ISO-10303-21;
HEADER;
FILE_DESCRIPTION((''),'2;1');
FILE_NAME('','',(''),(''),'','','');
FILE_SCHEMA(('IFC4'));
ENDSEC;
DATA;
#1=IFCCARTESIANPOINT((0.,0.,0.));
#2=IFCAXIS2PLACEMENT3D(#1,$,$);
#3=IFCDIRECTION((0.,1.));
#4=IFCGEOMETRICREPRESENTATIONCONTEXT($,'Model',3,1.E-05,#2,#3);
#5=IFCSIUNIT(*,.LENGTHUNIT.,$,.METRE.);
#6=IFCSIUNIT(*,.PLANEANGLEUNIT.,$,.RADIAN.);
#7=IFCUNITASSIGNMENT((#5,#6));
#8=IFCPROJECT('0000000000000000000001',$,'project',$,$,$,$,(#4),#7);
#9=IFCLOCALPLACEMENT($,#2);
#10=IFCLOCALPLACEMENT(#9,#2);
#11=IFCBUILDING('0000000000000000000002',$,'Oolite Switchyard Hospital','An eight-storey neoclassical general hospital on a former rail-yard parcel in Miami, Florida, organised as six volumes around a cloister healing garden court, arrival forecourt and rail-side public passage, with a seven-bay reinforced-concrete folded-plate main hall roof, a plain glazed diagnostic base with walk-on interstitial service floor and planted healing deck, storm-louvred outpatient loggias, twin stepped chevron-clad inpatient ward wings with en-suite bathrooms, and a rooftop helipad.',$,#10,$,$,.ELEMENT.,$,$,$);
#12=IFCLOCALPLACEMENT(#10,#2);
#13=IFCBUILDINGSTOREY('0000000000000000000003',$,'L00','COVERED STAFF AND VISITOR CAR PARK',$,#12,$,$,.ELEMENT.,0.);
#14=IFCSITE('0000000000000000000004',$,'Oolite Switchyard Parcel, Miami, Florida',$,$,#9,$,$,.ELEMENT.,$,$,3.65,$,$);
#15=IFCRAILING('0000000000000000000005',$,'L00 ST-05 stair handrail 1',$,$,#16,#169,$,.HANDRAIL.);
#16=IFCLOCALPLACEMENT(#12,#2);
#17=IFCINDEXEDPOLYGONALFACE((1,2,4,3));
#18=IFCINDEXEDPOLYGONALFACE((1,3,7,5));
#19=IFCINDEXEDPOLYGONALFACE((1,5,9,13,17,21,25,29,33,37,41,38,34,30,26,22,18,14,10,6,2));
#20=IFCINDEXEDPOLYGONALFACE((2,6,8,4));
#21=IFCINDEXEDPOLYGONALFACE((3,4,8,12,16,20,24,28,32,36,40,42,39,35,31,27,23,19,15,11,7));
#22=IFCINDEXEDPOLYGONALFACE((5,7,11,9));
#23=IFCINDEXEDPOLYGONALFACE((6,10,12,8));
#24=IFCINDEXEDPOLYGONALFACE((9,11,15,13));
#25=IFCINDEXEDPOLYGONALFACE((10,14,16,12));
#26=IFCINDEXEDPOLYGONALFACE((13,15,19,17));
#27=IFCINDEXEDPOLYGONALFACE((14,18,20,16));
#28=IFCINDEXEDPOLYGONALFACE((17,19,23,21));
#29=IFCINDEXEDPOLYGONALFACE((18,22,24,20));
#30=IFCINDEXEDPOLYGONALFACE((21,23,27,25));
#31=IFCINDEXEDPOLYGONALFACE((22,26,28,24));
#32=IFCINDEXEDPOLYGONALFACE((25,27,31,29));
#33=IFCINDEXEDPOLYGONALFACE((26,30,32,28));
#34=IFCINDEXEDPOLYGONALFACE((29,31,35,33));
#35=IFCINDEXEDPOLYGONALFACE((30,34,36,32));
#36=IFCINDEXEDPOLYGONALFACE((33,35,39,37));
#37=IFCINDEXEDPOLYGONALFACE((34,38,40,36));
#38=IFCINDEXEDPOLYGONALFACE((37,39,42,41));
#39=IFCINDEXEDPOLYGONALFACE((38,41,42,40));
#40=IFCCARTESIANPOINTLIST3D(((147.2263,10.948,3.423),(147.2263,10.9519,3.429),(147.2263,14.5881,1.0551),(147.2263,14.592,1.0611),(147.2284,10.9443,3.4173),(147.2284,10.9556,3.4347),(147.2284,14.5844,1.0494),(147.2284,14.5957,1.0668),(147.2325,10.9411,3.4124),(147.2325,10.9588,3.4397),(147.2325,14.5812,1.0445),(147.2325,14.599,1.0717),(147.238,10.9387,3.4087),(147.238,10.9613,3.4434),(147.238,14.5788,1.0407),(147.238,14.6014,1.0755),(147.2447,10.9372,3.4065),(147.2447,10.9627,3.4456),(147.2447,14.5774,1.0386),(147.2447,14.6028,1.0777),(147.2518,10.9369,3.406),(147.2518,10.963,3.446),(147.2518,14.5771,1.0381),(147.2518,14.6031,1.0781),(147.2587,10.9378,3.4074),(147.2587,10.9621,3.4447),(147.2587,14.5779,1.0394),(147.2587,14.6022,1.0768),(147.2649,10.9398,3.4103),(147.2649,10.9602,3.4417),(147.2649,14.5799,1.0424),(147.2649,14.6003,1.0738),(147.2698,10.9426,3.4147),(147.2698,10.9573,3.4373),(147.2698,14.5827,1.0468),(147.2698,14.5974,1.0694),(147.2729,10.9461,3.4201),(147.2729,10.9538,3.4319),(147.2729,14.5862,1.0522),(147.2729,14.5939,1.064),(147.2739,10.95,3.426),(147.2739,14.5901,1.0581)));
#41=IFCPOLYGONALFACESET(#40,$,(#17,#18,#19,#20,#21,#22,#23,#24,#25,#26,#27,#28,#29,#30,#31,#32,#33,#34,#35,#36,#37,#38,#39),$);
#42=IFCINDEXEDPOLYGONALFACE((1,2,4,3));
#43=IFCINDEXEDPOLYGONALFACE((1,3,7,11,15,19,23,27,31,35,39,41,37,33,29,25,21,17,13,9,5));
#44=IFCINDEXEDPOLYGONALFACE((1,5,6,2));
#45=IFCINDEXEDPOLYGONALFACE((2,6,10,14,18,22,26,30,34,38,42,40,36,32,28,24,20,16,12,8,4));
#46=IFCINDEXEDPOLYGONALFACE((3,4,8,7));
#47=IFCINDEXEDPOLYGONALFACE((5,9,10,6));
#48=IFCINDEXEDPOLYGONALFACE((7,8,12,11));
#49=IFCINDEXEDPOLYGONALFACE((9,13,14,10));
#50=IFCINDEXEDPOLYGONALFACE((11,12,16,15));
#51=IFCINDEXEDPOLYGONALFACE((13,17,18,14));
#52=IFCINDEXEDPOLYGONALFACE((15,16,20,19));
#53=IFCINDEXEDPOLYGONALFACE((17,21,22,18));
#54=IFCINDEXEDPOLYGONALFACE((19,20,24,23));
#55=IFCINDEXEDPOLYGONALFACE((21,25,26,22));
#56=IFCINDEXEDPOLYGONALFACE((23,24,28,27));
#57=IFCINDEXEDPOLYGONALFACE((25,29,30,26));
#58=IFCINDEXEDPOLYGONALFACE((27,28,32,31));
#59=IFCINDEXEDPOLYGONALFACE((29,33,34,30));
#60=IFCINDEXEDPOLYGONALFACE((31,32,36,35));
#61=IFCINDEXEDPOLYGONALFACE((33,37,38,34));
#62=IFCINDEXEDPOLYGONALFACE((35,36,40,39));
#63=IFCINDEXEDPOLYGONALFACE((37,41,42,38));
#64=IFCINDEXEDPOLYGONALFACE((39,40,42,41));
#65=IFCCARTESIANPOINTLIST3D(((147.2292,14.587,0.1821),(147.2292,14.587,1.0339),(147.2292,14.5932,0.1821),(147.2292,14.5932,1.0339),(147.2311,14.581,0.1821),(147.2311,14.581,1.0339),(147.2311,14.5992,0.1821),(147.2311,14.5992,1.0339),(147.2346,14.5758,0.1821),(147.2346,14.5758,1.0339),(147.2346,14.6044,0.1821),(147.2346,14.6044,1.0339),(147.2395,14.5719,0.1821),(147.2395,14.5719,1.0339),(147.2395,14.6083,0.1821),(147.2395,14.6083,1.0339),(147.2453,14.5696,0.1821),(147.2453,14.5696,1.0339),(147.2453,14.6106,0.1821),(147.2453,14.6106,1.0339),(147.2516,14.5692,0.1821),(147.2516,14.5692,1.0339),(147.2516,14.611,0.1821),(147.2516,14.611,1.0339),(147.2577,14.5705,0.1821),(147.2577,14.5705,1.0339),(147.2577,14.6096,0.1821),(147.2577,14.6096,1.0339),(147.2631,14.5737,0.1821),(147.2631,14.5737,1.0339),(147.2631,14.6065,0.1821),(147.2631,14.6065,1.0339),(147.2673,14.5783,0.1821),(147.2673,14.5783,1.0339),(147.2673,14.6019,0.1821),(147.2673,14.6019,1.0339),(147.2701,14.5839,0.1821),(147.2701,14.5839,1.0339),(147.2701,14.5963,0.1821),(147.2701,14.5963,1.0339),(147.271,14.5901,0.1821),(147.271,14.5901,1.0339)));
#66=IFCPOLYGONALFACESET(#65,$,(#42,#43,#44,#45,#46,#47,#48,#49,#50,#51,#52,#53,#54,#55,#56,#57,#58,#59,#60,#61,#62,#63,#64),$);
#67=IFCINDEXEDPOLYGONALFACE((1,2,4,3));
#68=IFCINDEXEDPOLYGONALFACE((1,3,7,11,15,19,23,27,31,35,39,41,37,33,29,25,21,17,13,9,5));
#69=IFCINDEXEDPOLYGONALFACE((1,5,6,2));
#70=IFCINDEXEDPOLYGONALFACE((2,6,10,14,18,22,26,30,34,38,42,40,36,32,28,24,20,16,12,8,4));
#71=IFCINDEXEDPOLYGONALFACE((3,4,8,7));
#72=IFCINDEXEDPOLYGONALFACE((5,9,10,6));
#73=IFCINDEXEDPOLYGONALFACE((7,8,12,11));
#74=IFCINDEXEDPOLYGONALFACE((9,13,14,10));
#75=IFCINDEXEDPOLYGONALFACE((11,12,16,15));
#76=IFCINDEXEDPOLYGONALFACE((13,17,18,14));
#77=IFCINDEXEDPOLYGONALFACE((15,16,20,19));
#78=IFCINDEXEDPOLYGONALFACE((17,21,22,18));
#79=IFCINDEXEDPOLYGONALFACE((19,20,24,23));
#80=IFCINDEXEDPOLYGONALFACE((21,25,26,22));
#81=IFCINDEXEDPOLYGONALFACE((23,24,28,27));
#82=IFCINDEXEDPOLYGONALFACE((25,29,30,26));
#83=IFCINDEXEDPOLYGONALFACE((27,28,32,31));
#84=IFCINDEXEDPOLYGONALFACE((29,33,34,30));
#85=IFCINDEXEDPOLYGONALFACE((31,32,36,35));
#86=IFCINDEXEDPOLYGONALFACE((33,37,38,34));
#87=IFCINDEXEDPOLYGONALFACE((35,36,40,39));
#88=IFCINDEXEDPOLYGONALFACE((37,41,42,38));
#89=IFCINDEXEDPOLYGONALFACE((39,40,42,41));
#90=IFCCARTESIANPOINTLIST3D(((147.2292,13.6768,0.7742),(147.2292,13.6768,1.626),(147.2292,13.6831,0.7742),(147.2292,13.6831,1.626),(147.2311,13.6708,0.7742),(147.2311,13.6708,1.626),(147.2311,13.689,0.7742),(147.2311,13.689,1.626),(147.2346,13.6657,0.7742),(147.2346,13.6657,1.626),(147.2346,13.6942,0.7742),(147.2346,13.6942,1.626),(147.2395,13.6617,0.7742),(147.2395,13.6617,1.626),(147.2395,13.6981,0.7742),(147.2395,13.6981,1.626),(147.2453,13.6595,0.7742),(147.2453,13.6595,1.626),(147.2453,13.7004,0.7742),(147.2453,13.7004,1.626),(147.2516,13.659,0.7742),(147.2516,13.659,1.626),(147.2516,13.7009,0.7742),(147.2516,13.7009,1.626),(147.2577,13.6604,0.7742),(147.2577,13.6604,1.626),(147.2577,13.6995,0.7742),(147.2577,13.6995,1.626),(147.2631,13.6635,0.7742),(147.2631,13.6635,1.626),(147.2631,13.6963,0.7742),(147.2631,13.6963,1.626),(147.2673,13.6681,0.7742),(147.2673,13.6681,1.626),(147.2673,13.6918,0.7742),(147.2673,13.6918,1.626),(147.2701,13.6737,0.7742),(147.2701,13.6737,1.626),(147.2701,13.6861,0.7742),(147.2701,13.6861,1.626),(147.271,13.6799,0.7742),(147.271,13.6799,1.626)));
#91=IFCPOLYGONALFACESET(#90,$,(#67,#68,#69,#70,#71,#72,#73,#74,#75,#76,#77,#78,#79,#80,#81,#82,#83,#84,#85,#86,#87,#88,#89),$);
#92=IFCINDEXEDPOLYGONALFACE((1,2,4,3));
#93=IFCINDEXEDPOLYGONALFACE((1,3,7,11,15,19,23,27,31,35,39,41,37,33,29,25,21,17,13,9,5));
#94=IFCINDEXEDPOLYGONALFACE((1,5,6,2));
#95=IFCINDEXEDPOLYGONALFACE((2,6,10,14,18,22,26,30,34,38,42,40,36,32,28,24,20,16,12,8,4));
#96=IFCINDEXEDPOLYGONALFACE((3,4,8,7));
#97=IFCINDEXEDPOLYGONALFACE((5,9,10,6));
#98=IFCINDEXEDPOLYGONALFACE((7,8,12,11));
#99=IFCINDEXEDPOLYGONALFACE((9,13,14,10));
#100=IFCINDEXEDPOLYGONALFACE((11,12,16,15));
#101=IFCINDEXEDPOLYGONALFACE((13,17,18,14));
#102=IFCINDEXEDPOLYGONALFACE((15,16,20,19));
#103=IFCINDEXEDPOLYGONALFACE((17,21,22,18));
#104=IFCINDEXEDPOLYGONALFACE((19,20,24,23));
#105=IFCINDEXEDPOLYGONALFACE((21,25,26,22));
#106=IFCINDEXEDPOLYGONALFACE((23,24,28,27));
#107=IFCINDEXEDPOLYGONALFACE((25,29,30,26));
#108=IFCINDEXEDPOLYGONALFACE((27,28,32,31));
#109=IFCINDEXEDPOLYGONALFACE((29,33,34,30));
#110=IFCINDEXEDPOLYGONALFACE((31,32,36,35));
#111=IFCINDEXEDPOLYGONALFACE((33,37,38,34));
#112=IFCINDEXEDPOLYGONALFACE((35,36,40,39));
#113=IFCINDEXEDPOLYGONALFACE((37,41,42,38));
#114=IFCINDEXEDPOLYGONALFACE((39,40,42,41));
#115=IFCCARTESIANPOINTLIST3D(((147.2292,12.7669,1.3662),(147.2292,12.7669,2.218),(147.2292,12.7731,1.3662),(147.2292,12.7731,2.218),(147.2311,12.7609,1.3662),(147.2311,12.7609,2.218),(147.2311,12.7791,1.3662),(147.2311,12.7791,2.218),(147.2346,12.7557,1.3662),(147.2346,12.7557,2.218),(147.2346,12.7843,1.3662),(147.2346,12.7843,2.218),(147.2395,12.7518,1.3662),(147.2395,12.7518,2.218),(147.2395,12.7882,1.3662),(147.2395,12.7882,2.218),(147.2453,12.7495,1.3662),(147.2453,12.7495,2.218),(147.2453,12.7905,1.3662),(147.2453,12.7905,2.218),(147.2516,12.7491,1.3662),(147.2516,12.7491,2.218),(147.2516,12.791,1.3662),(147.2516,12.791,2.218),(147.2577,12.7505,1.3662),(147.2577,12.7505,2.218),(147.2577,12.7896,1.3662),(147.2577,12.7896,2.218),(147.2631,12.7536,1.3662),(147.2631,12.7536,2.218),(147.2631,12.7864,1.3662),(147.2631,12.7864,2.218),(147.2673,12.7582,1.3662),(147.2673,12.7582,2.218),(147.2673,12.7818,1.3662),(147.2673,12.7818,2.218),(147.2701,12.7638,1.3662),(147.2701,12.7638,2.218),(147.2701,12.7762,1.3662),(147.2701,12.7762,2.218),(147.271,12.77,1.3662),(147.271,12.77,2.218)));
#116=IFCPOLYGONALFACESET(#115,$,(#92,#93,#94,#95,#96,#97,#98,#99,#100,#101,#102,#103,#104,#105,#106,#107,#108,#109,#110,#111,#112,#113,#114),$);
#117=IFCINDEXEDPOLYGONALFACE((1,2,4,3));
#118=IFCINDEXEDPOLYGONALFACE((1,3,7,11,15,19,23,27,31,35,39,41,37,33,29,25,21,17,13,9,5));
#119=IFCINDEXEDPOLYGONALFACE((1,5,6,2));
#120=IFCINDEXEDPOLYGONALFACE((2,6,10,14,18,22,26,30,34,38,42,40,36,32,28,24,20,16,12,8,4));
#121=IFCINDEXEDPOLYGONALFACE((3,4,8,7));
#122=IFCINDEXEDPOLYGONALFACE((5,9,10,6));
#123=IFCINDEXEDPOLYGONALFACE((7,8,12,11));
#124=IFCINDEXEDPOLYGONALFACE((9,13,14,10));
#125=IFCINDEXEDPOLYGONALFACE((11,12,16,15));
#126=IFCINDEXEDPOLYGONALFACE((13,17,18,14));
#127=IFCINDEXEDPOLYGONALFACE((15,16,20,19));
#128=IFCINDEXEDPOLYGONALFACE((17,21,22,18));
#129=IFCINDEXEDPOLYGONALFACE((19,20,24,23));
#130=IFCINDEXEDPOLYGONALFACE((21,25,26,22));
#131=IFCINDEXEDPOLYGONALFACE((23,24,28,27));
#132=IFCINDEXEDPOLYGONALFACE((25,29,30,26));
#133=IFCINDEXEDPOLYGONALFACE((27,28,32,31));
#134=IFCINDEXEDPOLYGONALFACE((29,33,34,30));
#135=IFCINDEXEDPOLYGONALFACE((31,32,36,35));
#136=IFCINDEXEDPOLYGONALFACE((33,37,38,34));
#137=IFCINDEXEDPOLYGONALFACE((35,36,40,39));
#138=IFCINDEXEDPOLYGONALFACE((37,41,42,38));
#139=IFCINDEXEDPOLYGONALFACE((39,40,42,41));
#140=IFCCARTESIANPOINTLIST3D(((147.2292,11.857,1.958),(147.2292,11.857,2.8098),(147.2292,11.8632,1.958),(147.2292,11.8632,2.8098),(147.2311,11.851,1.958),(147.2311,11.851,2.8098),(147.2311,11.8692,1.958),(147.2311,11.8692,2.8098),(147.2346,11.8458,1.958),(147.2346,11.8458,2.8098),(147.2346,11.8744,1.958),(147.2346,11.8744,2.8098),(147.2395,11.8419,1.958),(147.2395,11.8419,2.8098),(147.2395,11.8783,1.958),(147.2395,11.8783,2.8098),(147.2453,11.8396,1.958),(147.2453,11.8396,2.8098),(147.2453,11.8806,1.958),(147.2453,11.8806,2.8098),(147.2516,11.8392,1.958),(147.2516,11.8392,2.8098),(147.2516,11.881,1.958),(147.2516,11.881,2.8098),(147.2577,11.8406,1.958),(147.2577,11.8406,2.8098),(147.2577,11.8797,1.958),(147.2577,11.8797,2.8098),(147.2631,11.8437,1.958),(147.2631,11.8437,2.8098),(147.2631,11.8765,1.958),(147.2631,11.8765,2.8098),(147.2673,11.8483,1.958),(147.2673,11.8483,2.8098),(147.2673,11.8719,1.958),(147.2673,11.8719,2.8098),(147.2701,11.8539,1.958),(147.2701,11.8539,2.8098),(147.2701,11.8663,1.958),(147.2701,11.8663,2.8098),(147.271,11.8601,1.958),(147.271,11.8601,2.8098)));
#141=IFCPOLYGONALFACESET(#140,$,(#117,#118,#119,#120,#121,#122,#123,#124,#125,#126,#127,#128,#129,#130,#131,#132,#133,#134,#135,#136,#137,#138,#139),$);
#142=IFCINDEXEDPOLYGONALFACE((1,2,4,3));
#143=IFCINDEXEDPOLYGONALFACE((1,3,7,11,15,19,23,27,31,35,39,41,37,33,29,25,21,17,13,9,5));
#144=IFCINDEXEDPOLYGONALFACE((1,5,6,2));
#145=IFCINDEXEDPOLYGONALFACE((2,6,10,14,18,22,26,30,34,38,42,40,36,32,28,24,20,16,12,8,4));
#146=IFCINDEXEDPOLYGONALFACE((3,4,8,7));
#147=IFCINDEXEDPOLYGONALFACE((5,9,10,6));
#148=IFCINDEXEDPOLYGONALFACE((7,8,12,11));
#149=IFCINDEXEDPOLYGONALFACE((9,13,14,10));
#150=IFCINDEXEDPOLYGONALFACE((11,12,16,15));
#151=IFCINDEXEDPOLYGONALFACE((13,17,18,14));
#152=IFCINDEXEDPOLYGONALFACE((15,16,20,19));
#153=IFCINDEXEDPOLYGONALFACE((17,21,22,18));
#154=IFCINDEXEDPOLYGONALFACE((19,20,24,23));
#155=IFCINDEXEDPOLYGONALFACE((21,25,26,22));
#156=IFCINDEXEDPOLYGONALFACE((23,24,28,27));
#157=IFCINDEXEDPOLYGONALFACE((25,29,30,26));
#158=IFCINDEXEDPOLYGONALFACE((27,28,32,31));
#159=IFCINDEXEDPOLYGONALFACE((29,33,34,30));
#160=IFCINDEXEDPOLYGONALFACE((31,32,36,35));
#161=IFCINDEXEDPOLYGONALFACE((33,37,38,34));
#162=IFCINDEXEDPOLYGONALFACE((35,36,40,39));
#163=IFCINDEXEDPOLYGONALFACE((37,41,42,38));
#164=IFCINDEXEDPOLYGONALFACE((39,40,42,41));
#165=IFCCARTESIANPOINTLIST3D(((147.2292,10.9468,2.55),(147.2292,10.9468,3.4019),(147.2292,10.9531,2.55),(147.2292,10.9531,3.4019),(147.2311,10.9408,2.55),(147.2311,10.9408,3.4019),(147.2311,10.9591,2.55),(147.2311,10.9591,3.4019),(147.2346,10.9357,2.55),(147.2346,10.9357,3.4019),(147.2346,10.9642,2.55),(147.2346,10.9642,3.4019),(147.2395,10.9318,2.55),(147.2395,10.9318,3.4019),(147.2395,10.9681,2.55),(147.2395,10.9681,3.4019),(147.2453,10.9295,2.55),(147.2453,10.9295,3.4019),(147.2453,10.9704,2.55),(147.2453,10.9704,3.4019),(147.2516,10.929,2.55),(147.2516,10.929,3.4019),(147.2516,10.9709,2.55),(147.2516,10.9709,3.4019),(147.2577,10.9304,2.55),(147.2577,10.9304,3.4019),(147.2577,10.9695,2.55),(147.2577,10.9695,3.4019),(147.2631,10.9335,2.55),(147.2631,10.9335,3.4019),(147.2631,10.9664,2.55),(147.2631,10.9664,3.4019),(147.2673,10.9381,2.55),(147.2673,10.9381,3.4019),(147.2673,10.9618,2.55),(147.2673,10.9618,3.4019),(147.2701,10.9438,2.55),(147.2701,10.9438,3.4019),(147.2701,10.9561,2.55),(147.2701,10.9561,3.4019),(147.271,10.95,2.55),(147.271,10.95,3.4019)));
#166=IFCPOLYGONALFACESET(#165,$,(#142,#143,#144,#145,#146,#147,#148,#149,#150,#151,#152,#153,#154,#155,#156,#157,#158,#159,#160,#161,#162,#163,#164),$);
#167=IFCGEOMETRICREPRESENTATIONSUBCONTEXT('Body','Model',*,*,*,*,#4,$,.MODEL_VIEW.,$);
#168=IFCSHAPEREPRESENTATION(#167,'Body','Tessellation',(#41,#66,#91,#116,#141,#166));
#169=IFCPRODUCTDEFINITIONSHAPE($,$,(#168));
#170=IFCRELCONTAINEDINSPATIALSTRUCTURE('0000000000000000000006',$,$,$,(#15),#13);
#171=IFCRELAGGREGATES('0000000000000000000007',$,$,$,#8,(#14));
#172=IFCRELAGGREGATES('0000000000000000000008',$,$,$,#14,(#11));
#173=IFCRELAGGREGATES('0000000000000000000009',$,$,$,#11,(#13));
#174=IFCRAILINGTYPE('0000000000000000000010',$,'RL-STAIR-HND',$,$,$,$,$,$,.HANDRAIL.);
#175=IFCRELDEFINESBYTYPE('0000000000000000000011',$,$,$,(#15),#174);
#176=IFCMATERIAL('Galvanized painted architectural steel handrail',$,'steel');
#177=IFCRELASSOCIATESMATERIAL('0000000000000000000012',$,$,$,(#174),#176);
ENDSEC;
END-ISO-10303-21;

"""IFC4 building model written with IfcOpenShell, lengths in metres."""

from ifc_helpers import new_model, si_unit, direction, frame, origin, origin_2d, place, context, subcontext, project, spatial, circle, extrude, material, type_object, element, save


model = new_model("IFC4")

# Units and contexts
model_context = context("Model", 3, precision=1e-05, world=origin(), true_north=direction((0.0, 1.0)))
body_context = subcontext(model_context, "Body", "Model", "MODEL_VIEW")
ifc_project = project(units=[si_unit("LENGTHUNIT", "METRE"), si_unit("PLANEANGLEUNIT", "RADIAN")], contexts=[model_context])

# Site, building, storey
site_placement = place(None, origin())
site = spatial("IfcSite", under=ifc_project, at=site_placement, Name="Oolite Switchyard Parcel, Miami, Florida", CompositionType="ELEMENT", RefElevation=3.65)
building_placement = place(site_placement, origin())
building = spatial("IfcBuilding", under=site, at=building_placement, Name="Oolite Switchyard Hospital", Description="An eight-storey neoclassical general hospital on a former rail-yard parcel in Miami, Florida, organised as six volumes around a cloister healing garden court, arrival forecourt and rail-side public passage, with a seven-bay reinforced-concrete folded-plate main hall roof, a plain glazed diagnostic base with walk-on interstitial service floor and planted healing deck, storm-louvred outpatient loggias, twin stepped chevron-clad inpatient ward wings with en-suite bathrooms, and a rooftop helipad.", CompositionType="ELEMENT")
storey_placement = place(building_placement, origin())
storey = spatial("IfcBuildingStorey", under=building, at=storey_placement, Name="L00", Description="COVERED STAFF AND VISITOR CAR PARK", CompositionType="ELEMENT", Elevation=0.0)

# Railing
ifc_material_1 = material(Name="Galvanized painted architectural steel handrail", Category="steel")
railing_type = type_object("IfcRailingType", Name="RL-STAIR-HND", PredefinedType="HANDRAIL", material=ifc_material_1)
railing_placement = place(storey_placement, frame((147.25, 14.5901, 0.1821)))
element("IfcRailing", 1, at=railing_placement, inside=storey, type_object=railing_type, Name="L00 ST-05 stair handrail 1", PredefinedType="HANDRAIL", context=body_context, shape_type="SweptSolid", body=[
    extrude(circle(Radius=0.0239, at=origin_2d()), frame((0.0, 0.0, 0.876), z_axis=(0.0, -0.838251, 0.545285), x_axis=(1.0, 0.0, 0.0)), (0.0, 0.0, 1.0), 4.3425),
    extrude(circle(Radius=0.021, at=origin_2d()), origin(), (0.0, 0.0, 1.0), 0.8518),
    extrude(circle(Radius=0.021, at=origin_2d()), frame((0.0, -0.9102, 0.592)), (0.0, 0.0, 1.0), 0.8518),
    extrude(circle(Radius=0.021, at=origin_2d()), frame((0.0, -1.8201, 1.1841)), (0.0, 0.0, 1.0), 0.8518),
    extrude(circle(Radius=0.021, at=origin_2d()), frame((0.0, -2.73, 1.7759)), (0.0, 0.0, 1.0), 0.8518),
    extrude(circle(Radius=0.021, at=origin_2d()), frame((0.0, -3.6401, 2.3679)), (0.0, 0.0, 1.0), 0.8518),
])

save(model, "model.ifc")
